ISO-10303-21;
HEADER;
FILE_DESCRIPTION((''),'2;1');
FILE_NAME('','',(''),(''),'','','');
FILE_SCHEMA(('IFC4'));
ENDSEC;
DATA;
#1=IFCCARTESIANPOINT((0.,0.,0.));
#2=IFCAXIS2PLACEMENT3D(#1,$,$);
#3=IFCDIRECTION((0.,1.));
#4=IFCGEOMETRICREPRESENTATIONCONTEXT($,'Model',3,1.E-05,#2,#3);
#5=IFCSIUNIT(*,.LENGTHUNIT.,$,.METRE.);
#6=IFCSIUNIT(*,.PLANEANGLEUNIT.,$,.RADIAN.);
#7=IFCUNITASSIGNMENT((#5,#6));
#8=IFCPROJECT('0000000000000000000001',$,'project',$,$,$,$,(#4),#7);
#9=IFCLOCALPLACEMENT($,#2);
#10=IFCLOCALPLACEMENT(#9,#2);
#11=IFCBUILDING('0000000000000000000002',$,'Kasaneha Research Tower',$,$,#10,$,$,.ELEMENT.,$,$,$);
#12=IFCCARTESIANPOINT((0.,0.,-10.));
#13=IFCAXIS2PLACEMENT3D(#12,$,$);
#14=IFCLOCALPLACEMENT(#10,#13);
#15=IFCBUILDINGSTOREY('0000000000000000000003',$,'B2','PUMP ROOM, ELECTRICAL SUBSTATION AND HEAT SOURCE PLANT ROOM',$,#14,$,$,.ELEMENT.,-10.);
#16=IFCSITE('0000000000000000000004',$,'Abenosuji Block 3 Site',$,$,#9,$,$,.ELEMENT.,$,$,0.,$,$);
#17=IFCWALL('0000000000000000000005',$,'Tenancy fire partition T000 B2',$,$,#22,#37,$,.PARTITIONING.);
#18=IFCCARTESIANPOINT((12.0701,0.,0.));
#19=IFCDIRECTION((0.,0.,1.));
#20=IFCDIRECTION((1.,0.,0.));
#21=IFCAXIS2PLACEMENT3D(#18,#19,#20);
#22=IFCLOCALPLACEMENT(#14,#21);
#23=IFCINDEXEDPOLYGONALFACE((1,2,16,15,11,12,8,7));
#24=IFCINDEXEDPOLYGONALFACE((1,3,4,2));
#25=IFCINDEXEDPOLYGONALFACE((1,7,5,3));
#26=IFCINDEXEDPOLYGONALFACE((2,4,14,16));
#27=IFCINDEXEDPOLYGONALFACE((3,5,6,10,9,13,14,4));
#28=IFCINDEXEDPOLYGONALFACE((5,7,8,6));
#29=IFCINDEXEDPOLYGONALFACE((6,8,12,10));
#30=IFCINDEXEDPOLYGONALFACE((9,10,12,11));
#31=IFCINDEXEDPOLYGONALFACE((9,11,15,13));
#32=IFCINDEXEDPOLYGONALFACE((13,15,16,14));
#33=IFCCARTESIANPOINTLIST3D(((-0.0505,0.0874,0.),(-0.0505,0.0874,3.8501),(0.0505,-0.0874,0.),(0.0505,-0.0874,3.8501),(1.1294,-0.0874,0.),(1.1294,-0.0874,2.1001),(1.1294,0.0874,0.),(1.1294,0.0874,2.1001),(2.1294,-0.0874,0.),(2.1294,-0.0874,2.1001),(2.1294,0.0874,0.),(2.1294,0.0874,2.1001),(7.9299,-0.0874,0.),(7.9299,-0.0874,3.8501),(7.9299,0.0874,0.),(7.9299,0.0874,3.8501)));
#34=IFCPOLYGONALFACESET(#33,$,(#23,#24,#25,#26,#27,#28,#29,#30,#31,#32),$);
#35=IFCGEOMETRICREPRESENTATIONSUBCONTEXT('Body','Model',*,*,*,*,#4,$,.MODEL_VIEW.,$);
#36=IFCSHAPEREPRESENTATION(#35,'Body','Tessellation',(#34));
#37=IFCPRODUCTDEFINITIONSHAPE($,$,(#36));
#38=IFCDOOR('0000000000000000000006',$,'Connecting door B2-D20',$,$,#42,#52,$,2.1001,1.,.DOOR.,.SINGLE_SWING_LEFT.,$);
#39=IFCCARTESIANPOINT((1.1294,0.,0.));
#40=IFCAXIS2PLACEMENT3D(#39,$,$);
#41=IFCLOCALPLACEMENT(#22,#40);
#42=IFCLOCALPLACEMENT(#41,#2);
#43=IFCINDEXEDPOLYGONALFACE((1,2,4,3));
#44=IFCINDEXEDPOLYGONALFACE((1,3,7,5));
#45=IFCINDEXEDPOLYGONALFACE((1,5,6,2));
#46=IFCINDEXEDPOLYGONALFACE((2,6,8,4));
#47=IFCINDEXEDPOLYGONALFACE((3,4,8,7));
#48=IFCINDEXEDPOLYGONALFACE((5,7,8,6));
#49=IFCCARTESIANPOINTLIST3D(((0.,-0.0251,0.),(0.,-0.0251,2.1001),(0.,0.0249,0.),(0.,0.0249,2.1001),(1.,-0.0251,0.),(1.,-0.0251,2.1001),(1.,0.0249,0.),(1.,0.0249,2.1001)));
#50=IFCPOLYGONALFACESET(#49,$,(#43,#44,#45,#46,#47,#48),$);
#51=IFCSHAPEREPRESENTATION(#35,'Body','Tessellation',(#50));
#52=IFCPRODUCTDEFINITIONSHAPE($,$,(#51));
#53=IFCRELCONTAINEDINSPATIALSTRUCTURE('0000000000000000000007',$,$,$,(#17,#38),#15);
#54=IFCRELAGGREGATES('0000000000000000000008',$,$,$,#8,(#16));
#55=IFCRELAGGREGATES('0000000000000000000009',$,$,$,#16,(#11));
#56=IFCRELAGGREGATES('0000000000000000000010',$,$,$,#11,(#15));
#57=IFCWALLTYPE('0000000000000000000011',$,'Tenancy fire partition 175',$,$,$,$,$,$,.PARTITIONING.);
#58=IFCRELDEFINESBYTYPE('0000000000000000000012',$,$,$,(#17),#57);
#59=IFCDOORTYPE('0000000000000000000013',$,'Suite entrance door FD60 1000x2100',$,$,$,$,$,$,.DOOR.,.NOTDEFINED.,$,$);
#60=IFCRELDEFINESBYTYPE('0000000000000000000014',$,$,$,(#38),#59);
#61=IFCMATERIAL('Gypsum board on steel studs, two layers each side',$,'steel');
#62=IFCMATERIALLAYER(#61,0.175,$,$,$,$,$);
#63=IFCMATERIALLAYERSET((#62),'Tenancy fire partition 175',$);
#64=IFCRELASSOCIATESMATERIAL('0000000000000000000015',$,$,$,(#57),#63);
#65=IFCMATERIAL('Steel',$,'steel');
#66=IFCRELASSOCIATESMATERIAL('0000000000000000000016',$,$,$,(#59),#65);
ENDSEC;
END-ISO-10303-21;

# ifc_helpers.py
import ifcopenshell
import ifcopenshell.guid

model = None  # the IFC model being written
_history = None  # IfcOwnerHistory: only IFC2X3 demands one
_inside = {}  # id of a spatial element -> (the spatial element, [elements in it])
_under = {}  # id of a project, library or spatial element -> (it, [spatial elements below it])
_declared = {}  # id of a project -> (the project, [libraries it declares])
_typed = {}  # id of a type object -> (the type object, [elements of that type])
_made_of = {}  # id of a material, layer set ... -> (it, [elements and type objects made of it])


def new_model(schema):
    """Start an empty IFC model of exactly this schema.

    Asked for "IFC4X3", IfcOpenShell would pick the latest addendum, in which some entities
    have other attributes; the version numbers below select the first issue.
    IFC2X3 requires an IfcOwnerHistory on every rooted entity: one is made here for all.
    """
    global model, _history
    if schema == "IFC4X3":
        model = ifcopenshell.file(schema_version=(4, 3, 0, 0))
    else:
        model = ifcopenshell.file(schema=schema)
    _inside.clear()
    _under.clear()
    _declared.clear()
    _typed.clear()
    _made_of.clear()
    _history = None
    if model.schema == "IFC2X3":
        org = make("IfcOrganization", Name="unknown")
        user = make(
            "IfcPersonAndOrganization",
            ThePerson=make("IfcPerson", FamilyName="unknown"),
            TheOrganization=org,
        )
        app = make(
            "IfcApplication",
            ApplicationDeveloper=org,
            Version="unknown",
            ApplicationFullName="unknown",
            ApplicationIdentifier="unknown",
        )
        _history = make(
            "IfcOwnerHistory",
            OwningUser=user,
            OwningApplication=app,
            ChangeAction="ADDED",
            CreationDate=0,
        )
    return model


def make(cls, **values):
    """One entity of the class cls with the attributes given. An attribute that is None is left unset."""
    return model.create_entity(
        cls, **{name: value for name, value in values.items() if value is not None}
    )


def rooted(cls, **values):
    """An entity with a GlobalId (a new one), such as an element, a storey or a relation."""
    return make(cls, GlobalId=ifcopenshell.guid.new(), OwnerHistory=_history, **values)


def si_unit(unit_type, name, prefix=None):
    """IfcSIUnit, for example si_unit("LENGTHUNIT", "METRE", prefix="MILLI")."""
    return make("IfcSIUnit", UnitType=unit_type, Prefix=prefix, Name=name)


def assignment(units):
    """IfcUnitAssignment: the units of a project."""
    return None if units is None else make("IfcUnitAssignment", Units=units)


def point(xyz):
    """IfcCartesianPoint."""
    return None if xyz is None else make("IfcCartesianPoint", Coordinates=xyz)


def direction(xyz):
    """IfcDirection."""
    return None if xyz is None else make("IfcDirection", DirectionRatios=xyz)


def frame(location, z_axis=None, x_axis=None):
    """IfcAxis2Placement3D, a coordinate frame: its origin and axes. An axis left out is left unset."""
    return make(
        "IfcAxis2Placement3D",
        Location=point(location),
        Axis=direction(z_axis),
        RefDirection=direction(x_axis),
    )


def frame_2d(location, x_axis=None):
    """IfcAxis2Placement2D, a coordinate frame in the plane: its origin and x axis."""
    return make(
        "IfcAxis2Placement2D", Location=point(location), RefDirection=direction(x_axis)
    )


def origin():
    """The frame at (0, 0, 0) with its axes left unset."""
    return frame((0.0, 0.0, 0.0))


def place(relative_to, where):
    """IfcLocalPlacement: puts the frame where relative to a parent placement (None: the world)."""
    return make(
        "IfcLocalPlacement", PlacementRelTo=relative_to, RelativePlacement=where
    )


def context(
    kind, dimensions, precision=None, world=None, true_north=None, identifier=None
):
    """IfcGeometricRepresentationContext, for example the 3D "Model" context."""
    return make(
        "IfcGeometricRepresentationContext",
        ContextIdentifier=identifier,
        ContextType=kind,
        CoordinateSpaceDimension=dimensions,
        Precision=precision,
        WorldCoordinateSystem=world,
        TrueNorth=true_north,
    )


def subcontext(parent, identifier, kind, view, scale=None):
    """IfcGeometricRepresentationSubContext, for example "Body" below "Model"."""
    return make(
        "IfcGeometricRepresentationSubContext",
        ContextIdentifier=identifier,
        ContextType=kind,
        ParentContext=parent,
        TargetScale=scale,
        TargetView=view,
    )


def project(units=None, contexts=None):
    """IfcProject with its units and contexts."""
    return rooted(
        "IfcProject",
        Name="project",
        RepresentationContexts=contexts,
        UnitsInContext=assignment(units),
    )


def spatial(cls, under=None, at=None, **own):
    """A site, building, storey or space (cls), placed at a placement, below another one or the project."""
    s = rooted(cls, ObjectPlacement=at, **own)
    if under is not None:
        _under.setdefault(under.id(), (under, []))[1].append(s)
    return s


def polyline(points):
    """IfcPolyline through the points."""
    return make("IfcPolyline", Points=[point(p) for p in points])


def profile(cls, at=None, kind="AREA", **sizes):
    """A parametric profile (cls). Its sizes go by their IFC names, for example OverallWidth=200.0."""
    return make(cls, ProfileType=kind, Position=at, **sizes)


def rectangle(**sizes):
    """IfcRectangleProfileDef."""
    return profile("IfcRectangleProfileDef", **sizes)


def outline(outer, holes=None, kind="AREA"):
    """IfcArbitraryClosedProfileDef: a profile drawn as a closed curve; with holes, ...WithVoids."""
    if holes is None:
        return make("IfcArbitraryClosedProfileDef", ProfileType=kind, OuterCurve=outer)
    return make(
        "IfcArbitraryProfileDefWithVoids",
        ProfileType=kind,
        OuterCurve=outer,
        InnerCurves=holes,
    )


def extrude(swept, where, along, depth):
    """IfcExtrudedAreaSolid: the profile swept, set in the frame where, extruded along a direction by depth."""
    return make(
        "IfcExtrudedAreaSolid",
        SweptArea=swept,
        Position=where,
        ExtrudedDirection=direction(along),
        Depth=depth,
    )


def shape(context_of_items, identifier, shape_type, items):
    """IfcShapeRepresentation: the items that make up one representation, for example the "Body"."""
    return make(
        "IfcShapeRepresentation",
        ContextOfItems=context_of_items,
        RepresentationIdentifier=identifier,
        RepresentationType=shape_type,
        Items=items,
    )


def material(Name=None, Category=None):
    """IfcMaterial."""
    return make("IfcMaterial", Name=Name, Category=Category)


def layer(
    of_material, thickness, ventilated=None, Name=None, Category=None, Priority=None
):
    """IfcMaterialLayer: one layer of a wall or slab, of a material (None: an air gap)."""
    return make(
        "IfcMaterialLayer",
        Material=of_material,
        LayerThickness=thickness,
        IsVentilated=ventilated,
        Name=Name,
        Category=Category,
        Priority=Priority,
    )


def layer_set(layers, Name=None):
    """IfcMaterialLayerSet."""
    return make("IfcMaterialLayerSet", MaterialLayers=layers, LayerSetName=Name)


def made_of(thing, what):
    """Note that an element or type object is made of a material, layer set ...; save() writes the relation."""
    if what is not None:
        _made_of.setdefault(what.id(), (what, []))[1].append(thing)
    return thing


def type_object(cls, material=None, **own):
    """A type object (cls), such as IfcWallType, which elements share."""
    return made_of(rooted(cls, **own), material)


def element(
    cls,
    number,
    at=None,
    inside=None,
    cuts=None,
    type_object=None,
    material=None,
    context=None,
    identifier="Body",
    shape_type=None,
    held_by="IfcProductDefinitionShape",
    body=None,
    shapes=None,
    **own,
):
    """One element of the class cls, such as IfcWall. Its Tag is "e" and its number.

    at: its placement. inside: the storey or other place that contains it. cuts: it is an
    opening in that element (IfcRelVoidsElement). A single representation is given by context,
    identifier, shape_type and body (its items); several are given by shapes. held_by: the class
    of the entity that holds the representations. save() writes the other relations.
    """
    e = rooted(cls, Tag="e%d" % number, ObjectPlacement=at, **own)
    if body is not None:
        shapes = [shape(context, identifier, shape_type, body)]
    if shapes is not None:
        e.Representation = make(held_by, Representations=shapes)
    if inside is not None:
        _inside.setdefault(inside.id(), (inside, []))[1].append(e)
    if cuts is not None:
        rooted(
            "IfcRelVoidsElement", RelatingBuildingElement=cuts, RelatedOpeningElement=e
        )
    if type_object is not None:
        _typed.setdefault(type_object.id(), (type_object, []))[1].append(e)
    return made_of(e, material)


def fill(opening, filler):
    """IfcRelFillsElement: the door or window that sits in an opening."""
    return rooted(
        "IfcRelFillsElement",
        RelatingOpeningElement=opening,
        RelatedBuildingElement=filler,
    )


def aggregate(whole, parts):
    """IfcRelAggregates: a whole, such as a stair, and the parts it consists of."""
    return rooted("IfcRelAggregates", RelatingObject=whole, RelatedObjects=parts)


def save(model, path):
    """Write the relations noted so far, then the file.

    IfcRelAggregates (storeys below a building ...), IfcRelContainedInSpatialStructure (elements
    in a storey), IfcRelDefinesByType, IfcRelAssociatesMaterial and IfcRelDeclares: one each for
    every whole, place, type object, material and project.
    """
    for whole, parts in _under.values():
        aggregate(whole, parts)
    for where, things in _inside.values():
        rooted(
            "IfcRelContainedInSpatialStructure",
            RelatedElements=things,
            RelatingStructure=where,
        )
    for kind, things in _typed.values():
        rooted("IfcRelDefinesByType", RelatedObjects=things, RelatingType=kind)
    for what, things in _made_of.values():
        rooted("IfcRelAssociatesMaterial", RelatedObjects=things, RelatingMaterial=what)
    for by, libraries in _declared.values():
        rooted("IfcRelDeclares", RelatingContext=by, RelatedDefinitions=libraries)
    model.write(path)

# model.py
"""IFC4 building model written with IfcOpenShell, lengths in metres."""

from ifc_helpers import new_model, si_unit, direction, frame, frame_2d, origin, place, context, subcontext, project, spatial, polyline, rectangle, outline, extrude, material, layer, layer_set, type_object, element, fill, save


model = new_model("IFC4")

# Units and contexts
model_context = context("Model", 3, precision=1e-05, world=origin(), true_north=direction((0.0, 1.0)))
body_context = subcontext(model_context, "Body", "Model", "MODEL_VIEW")
ifc_project = project(units=[si_unit("LENGTHUNIT", "METRE"), si_unit("PLANEANGLEUNIT", "RADIAN")], contexts=[model_context])

# Site, building, storey
site_placement = place(None, origin())
site = spatial("IfcSite", under=ifc_project, at=site_placement, Name="Abenosuji Block 3 Site", CompositionType="ELEMENT", RefElevation=0.0)
building_placement = place(site_placement, origin())
building = spatial("IfcBuilding", under=site, at=building_placement, Name="Kasaneha Research Tower", CompositionType="ELEMENT")
storey_placement = place(building_placement, frame((0.0, 0.0, -10.0)))
storey = spatial("IfcBuildingStorey", under=building, at=storey_placement, Name="B2", Description="PUMP ROOM, ELECTRICAL SUBSTATION AND HEAT SOURCE PLANT ROOM", CompositionType="ELEMENT", Elevation=-10.0)

# Wall, opening, door
ifc_material_1 = material(Name="Gypsum board on steel studs, two layers each side", Category="steel")
ifc_layer_1 = layer(ifc_material_1, 0.175)
ifc_layer_set_1 = layer_set([ifc_layer_1], Name="Tenancy fire partition 175")
wall_type_1 = type_object("IfcWallType", Name="Tenancy fire partition 175", PredefinedType="PARTITIONING", material=ifc_layer_set_1)
wall_1_placement = place(storey_placement, frame((12.0701, 0.0, 0.0), z_axis=(0.0, 0.0, 1.0), x_axis=(1.0, 0.0, 0.0)))
wall_1 = element("IfcWall", 1, at=wall_1_placement, inside=storey, type_object=wall_type_1, Name="Tenancy fire partition T000 B2", PredefinedType="PARTITIONING", context=body_context, shape_type="SweptSolid", body=[
    extrude(outline(polyline([(0.0505, -0.0874), (1.1294, -0.0874), (2.1294, -0.0874), (7.9299, -0.0874), (7.9299, 0.0874), (2.1294, 0.0874), (1.1294, 0.0874), (-0.0505, 0.0874), (0.0505, -0.0874)])), origin(), (0.0, 0.0, 1.0), 3.8501),
])
opening_1_placement = place(wall_1_placement, frame((1.1294, 0.0, 0.0)))
opening_1 = element("IfcOpeningElement", 2, at=opening_1_placement, cuts=wall_1, PredefinedType="OPENING", context=body_context, shape_type="SweptSolid", body=[
    extrude(rectangle(XDim=1.0, YDim=2.1001, at=frame_2d((0.5, 1.05))), frame((0.0, 0.0977, 0.0), z_axis=(0.0, -1.0, 0.0), x_axis=(1.0, 0.0, 0.0)), (0.0, 0.0, 1.0), 0.1951),
])
ifc_material_2 = material(Name="Steel", Category="steel")
door_type_1 = type_object("IfcDoorType", Name="Suite entrance door FD60 1000x2100", OperationType="NOTDEFINED", PredefinedType="DOOR", material=ifc_material_2)
door_1_placement = place(opening_1_placement, origin())
door_1 = element("IfcDoor", 3, at=door_1_placement, inside=storey, type_object=door_type_1, Name="Connecting door B2-D20", OperationType="SINGLE_SWING_LEFT", OverallHeight=2.1001, OverallWidth=1.0, PredefinedType="DOOR", context=body_context, shape_type="SweptSolid", body=[
    extrude(rectangle(XDim=1.0, YDim=2.1001, at=frame_2d((0.5, 1.05))), frame((0.0, 0.0249, 0.0), z_axis=(0.0, -1.0, 0.0), x_axis=(1.0, 0.0, 0.0)), (0.0, 0.0, 1.0), 0.05),
])
fill(opening_1, door_1)

save(model, "model.ifc")
